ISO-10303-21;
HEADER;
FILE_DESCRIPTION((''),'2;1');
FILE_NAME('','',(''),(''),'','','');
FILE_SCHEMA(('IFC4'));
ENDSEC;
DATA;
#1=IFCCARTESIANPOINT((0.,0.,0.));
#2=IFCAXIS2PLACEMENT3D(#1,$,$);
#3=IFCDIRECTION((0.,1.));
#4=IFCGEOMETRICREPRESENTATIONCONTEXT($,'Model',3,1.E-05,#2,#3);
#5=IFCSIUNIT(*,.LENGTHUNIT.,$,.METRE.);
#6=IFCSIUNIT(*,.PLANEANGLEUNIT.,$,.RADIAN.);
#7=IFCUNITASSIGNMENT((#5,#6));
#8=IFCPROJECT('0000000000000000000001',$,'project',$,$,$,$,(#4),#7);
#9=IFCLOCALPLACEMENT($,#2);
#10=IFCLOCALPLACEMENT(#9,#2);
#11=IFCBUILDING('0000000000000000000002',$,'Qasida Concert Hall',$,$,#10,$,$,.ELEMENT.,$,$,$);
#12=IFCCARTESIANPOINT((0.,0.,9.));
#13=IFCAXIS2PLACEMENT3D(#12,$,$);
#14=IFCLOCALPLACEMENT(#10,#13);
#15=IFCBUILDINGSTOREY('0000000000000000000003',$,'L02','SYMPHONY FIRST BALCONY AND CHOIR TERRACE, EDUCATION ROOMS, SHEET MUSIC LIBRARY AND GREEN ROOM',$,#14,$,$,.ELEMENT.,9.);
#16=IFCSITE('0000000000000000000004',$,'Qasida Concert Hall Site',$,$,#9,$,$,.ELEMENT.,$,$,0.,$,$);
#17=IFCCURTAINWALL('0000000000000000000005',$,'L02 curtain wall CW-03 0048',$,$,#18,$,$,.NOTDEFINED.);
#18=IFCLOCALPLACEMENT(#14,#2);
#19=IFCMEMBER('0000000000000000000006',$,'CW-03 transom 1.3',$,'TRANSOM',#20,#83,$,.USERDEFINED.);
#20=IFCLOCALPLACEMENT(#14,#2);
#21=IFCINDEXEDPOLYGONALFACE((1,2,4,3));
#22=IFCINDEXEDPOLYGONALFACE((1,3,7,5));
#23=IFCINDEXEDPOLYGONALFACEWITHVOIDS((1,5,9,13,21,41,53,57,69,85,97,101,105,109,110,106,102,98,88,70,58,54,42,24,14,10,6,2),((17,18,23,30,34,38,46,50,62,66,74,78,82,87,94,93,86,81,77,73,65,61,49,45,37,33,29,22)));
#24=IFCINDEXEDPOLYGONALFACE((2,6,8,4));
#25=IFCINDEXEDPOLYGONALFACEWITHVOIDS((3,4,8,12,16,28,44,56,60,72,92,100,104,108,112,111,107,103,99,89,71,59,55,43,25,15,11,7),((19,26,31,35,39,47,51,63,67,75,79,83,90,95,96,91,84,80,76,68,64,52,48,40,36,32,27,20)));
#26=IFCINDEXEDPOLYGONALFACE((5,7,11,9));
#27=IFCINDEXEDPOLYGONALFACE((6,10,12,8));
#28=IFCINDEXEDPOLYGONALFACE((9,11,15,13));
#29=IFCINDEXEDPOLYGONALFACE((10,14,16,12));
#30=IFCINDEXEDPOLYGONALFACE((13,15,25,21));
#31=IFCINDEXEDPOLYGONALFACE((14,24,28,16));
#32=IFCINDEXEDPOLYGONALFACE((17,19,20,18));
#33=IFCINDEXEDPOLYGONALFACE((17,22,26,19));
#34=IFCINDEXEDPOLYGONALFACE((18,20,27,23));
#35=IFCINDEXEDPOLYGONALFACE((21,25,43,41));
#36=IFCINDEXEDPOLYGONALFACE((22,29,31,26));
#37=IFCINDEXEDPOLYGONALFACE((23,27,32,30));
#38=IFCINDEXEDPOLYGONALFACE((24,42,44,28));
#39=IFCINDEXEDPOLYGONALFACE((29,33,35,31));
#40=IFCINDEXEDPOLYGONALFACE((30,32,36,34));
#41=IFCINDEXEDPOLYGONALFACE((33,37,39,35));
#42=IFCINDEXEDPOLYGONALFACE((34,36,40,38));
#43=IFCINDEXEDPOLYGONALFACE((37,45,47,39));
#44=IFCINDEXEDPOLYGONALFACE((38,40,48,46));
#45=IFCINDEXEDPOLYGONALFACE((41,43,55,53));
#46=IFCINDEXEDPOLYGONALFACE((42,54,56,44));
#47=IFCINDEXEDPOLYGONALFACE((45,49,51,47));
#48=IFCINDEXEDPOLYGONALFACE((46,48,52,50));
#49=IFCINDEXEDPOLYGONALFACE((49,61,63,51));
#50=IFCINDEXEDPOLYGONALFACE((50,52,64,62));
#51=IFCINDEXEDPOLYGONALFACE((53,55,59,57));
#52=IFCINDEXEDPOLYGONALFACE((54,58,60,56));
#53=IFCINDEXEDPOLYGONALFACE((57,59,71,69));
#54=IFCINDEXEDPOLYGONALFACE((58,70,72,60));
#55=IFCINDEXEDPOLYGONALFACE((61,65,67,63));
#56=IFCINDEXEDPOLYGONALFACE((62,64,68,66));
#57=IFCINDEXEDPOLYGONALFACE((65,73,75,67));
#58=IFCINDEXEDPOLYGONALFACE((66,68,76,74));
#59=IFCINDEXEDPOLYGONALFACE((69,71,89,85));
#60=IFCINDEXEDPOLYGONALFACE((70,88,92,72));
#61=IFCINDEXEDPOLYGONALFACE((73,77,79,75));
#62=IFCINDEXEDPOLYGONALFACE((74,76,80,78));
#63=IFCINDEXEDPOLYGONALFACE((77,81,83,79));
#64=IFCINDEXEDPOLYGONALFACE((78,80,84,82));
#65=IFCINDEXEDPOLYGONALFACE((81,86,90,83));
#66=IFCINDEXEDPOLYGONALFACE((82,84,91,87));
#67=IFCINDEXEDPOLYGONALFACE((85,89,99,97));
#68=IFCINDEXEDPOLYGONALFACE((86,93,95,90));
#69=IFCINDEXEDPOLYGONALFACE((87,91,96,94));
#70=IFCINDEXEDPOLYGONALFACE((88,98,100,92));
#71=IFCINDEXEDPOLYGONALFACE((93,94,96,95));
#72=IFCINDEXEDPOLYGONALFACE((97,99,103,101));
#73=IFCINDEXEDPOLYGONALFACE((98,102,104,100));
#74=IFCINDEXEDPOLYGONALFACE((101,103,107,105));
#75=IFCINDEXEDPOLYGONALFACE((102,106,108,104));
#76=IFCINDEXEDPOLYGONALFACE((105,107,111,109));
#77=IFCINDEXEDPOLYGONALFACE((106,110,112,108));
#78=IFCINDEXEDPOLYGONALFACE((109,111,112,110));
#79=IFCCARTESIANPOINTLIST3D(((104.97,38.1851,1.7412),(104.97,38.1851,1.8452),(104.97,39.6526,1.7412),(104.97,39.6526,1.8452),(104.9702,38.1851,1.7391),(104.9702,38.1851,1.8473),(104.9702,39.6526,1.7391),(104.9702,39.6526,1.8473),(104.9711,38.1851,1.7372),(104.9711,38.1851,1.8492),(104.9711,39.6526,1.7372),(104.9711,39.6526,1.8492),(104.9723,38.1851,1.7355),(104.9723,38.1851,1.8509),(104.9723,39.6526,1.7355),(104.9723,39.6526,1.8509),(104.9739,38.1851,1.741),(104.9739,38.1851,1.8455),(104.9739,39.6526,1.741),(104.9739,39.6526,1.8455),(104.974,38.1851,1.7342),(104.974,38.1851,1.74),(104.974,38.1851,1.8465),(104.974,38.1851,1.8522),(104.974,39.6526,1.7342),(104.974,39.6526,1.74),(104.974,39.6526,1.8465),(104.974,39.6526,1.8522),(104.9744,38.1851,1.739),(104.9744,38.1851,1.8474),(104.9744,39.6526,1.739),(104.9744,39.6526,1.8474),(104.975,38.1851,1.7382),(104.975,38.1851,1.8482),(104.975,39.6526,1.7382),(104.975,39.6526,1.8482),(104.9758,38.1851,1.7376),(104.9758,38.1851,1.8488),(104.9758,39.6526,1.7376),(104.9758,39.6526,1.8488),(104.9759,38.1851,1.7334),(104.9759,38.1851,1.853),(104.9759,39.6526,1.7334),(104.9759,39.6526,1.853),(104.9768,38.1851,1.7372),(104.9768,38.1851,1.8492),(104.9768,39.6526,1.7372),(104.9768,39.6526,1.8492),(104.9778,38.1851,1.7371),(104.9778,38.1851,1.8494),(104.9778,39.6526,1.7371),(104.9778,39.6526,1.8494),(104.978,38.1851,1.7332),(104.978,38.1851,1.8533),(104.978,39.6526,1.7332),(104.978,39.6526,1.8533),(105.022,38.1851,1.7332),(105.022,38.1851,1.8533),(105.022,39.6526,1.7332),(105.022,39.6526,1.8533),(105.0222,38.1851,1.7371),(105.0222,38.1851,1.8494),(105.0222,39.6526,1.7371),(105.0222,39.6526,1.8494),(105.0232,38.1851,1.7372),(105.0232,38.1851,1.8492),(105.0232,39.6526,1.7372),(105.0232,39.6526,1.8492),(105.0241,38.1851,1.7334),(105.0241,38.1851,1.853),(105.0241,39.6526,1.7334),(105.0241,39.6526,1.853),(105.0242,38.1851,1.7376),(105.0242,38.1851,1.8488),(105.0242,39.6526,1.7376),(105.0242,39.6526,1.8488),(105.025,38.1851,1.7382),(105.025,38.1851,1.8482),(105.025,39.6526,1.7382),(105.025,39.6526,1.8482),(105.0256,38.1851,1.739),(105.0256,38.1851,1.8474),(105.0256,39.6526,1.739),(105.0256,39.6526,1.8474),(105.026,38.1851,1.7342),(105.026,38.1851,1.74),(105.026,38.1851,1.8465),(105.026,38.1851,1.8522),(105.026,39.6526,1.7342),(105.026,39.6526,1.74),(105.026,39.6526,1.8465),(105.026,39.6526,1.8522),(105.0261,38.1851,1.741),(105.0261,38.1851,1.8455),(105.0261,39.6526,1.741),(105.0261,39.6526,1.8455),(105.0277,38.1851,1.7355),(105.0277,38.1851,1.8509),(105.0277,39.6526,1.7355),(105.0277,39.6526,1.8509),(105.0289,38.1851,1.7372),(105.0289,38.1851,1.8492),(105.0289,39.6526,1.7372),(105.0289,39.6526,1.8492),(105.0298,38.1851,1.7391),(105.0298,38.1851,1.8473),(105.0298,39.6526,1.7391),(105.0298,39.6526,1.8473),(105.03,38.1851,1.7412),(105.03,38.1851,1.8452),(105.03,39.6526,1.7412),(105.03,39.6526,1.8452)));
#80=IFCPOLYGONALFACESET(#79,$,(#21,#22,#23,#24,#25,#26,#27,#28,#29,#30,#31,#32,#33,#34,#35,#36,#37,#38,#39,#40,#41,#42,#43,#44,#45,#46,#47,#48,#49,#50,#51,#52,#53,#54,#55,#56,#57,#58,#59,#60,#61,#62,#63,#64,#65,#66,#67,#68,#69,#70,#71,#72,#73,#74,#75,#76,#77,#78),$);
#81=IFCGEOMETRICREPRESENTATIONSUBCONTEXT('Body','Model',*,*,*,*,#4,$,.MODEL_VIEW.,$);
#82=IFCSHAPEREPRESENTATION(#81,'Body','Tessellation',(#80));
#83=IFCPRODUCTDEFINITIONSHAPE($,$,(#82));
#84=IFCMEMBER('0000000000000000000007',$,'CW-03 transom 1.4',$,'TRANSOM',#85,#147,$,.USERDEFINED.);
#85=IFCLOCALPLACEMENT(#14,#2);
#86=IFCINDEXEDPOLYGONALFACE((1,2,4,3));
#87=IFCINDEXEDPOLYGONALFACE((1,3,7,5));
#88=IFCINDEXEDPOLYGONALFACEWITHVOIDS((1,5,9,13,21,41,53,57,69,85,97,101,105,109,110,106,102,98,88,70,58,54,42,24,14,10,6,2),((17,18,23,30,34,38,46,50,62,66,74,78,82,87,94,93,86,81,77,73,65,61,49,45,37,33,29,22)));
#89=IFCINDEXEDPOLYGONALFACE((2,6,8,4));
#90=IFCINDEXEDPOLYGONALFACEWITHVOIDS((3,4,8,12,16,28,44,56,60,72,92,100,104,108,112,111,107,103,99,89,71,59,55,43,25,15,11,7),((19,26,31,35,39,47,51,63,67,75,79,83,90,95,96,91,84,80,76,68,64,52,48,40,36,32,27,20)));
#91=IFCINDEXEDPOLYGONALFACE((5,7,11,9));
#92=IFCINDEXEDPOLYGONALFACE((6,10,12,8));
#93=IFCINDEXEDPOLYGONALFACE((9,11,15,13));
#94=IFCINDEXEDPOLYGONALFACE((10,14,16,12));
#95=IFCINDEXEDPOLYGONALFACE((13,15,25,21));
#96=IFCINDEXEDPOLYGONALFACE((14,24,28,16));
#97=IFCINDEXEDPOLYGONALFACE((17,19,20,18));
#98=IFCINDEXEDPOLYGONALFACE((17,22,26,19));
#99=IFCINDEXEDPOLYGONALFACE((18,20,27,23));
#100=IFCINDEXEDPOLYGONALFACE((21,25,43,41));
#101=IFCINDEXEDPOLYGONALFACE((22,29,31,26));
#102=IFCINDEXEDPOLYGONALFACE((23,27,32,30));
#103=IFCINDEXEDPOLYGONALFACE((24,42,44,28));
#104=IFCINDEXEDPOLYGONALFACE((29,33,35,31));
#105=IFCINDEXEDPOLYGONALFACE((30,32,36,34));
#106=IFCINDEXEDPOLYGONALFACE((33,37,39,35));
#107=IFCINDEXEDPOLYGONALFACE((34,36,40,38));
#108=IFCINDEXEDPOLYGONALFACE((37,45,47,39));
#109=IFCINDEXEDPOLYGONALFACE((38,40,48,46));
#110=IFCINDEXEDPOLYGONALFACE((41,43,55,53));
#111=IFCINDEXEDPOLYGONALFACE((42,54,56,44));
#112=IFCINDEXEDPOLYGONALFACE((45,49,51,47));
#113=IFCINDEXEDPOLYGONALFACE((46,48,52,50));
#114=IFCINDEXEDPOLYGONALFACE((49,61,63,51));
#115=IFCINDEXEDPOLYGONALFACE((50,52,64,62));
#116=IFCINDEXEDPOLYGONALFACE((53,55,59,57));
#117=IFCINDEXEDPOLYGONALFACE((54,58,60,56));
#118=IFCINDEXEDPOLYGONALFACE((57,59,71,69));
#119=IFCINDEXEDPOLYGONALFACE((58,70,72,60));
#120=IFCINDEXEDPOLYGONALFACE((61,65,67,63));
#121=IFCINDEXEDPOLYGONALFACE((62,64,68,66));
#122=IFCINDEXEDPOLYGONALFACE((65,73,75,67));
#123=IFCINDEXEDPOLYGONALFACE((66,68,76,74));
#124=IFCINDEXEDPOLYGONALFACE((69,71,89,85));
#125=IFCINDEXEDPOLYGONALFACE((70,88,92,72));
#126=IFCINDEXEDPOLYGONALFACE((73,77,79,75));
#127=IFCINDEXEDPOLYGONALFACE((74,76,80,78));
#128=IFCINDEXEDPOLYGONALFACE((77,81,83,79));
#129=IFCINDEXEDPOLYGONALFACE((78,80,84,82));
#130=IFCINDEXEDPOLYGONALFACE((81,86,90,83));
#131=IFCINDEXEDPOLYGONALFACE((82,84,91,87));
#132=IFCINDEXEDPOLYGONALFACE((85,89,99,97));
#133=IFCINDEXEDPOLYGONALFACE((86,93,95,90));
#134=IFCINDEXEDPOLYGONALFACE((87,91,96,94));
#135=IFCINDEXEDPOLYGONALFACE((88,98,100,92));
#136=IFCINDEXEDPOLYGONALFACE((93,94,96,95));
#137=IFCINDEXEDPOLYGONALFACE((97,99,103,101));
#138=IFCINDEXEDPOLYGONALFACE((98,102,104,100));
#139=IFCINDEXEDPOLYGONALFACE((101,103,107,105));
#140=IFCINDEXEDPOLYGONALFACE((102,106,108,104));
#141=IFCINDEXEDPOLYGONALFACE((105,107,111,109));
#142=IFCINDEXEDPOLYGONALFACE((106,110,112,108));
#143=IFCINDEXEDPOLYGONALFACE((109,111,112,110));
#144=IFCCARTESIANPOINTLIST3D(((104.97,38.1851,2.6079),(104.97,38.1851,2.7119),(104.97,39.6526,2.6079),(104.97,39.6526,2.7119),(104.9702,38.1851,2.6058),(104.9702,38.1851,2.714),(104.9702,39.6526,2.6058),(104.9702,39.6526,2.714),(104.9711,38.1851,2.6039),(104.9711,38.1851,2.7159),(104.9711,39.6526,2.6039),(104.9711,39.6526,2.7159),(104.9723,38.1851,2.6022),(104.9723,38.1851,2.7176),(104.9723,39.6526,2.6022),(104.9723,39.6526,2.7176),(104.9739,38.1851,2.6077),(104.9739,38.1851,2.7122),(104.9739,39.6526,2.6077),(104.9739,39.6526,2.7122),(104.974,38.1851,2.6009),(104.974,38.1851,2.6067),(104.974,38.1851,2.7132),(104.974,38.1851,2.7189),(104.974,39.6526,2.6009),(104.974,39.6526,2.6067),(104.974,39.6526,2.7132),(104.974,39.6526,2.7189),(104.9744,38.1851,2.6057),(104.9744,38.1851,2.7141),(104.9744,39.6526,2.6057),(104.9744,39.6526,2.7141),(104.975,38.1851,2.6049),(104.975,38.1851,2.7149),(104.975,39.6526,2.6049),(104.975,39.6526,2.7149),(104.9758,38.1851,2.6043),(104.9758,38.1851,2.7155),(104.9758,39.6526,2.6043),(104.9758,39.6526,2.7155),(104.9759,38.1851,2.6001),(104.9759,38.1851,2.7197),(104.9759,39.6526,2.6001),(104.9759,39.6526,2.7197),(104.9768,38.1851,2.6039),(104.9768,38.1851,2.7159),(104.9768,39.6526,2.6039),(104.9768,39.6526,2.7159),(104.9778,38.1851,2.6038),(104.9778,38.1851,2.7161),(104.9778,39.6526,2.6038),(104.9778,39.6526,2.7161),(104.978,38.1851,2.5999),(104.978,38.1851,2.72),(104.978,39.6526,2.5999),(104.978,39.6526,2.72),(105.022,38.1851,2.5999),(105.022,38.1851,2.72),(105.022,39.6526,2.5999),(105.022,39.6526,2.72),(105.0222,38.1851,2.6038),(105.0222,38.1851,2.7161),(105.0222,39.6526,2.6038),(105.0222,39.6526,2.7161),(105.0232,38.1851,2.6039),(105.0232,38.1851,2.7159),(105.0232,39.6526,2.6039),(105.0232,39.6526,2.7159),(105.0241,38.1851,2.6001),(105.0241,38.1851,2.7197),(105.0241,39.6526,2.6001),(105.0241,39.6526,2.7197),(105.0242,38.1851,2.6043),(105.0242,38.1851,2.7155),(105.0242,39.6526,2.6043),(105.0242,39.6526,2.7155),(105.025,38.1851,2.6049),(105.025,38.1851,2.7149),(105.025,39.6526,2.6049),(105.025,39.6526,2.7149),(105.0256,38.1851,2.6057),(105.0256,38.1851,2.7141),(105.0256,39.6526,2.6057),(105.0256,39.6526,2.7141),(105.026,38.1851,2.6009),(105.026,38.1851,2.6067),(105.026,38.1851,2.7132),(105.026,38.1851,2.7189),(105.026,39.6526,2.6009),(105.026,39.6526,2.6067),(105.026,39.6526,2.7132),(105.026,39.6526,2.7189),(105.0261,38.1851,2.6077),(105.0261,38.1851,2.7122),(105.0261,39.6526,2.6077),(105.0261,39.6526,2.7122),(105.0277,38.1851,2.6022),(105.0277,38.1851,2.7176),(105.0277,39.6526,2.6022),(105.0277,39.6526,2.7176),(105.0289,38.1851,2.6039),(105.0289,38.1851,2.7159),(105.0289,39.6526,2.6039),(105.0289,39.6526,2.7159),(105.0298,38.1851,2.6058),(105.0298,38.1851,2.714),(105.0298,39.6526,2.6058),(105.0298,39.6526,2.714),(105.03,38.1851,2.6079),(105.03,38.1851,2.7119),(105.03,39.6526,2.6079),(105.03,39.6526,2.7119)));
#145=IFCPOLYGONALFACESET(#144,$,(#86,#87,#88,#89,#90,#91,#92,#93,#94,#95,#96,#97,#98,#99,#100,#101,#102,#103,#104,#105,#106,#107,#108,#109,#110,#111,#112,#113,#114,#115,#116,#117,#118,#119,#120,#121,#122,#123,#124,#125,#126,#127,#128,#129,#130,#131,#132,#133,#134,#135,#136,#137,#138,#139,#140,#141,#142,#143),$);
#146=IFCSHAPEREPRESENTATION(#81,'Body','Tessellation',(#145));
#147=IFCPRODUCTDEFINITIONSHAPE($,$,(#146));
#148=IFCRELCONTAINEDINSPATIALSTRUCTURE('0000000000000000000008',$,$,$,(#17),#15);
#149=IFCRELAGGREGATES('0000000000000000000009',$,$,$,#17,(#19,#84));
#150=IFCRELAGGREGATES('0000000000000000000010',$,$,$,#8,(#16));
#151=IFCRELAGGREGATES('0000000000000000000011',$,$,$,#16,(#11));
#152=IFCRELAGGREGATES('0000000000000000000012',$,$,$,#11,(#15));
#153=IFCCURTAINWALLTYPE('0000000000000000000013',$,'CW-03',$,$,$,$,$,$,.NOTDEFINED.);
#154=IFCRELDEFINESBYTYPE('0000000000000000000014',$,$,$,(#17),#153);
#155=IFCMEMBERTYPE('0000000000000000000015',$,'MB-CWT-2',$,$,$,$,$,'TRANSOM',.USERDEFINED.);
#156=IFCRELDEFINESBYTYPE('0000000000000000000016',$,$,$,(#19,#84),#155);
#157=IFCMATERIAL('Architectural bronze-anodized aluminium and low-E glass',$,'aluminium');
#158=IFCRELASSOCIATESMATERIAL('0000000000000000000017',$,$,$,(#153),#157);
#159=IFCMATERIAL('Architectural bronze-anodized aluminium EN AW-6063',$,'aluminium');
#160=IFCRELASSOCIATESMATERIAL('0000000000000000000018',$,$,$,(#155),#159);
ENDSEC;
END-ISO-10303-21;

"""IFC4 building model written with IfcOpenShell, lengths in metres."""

from ifc_helpers import new_model, si_unit, direction, frame, origin, origin_2d, place, context, subcontext, project, spatial, hollow_rectangle, extrude, material, material_profile, profile_set, type_object, element, aggregate, save


model = new_model("IFC4")

# Units and contexts
model_context = context("Model", 3, precision=1e-05, world=origin(), true_north=direction((0.0, 1.0)))
body_context = subcontext(model_context, "Body", "Model", "MODEL_VIEW")
ifc_project = project(units=[si_unit("LENGTHUNIT", "METRE"), si_unit("PLANEANGLEUNIT", "RADIAN")], contexts=[model_context])

# Site, building, storey
site_placement = place(None, origin())
site = spatial("IfcSite", under=ifc_project, at=site_placement, Name="Qasida Concert Hall Site", CompositionType="ELEMENT", RefElevation=0.0)
building_placement = place(site_placement, origin())
building = spatial("IfcBuilding", under=site, at=building_placement, Name="Qasida Concert Hall", CompositionType="ELEMENT")
storey_placement = place(building_placement, frame((0.0, 0.0, 9.0)))
storey = spatial("IfcBuildingStorey", under=building, at=storey_placement, Name="L02", Description="SYMPHONY FIRST BALCONY AND CHOIR TERRACE, EDUCATION ROOMS, SHEET MUSIC LIBRARY AND GREEN ROOM", CompositionType="ELEMENT", Elevation=9.0)

# Shared definitions
ifc_material_1 = material(Name="Architectural bronze-anodized aluminium and low-E glass", Category="aluminium")
curtain_wall_type = type_object("IfcCurtainWallType", Name="CW-03", PredefinedType="NOTDEFINED", material=ifc_material_1)
ifc_material_2 = material(Name="Architectural bronze-anodized aluminium EN AW-6063", Category="aluminium")

# Curtain wall
curtain_wall_1_placement = place(storey_placement, origin())
curtain_wall_1 = element("IfcCurtainWall", 1, at=curtain_wall_1_placement, inside=storey, type_object=curtain_wall_type, Name="L02 curtain wall CW-03 0048", PredefinedType="NOTDEFINED")

# Members
ifc_material_profile_1 = material_profile(ifc_material_2, hollow_rectangle(XDim=0.0601, YDim=0.1201, WallThickness=0.0039, InnerFilletRadius=0.0039, OuterFilletRadius=0.0081, at=origin_2d()), Name="CWT 120x60x4")
ifc_profile_set_1 = profile_set([ifc_material_profile_1], Name="Architectural bronze-anodized aluminium EN AW-6063")
member_type_1 = type_object("IfcMemberType", Name="MB-CWT-2", ElementType="TRANSOM", PredefinedType="USERDEFINED", material=ifc_profile_set_1)
member_1_placement = place(storey_placement, frame((105.0, 38.1851, 1.7932), z_axis=(0.0, 1.0, 0.0), x_axis=(-1.0, 0.0, 0.0)))
member_1 = element("IfcMember", 2, at=member_1_placement, type_object=member_type_1, Name="CW-03 transom 1.3", ObjectType="TRANSOM", PredefinedType="USERDEFINED", context=body_context, shape_type="SweptSolid", body=[
    extrude(hollow_rectangle(XDim=0.0601, YDim=0.1201, WallThickness=0.0039, InnerFilletRadius=0.0039, OuterFilletRadius=0.0081, at=origin_2d()), origin(), (0.0, 0.0, 1.0), 1.4675),
])
member_2_placement = place(storey_placement, frame((105.0, 38.1851, 2.6599), z_axis=(0.0, 1.0, 0.0), x_axis=(-1.0, 0.0, 0.0)))
member_2 = element("IfcMember", 3, at=member_2_placement, type_object=member_type_1, Name="CW-03 transom 1.4", ObjectType="TRANSOM", PredefinedType="USERDEFINED", context=body_context, shape_type="SweptSolid", body=[
    extrude(hollow_rectangle(XDim=0.0601, YDim=0.1201, WallThickness=0.0039, InnerFilletRadius=0.0039, OuterFilletRadius=0.0081, at=origin_2d()), origin(), (0.0, 0.0, 1.0), 1.4675),
])

aggregate(curtain_wall_1, [member_1, member_2])

save(model, "model.ifc")
